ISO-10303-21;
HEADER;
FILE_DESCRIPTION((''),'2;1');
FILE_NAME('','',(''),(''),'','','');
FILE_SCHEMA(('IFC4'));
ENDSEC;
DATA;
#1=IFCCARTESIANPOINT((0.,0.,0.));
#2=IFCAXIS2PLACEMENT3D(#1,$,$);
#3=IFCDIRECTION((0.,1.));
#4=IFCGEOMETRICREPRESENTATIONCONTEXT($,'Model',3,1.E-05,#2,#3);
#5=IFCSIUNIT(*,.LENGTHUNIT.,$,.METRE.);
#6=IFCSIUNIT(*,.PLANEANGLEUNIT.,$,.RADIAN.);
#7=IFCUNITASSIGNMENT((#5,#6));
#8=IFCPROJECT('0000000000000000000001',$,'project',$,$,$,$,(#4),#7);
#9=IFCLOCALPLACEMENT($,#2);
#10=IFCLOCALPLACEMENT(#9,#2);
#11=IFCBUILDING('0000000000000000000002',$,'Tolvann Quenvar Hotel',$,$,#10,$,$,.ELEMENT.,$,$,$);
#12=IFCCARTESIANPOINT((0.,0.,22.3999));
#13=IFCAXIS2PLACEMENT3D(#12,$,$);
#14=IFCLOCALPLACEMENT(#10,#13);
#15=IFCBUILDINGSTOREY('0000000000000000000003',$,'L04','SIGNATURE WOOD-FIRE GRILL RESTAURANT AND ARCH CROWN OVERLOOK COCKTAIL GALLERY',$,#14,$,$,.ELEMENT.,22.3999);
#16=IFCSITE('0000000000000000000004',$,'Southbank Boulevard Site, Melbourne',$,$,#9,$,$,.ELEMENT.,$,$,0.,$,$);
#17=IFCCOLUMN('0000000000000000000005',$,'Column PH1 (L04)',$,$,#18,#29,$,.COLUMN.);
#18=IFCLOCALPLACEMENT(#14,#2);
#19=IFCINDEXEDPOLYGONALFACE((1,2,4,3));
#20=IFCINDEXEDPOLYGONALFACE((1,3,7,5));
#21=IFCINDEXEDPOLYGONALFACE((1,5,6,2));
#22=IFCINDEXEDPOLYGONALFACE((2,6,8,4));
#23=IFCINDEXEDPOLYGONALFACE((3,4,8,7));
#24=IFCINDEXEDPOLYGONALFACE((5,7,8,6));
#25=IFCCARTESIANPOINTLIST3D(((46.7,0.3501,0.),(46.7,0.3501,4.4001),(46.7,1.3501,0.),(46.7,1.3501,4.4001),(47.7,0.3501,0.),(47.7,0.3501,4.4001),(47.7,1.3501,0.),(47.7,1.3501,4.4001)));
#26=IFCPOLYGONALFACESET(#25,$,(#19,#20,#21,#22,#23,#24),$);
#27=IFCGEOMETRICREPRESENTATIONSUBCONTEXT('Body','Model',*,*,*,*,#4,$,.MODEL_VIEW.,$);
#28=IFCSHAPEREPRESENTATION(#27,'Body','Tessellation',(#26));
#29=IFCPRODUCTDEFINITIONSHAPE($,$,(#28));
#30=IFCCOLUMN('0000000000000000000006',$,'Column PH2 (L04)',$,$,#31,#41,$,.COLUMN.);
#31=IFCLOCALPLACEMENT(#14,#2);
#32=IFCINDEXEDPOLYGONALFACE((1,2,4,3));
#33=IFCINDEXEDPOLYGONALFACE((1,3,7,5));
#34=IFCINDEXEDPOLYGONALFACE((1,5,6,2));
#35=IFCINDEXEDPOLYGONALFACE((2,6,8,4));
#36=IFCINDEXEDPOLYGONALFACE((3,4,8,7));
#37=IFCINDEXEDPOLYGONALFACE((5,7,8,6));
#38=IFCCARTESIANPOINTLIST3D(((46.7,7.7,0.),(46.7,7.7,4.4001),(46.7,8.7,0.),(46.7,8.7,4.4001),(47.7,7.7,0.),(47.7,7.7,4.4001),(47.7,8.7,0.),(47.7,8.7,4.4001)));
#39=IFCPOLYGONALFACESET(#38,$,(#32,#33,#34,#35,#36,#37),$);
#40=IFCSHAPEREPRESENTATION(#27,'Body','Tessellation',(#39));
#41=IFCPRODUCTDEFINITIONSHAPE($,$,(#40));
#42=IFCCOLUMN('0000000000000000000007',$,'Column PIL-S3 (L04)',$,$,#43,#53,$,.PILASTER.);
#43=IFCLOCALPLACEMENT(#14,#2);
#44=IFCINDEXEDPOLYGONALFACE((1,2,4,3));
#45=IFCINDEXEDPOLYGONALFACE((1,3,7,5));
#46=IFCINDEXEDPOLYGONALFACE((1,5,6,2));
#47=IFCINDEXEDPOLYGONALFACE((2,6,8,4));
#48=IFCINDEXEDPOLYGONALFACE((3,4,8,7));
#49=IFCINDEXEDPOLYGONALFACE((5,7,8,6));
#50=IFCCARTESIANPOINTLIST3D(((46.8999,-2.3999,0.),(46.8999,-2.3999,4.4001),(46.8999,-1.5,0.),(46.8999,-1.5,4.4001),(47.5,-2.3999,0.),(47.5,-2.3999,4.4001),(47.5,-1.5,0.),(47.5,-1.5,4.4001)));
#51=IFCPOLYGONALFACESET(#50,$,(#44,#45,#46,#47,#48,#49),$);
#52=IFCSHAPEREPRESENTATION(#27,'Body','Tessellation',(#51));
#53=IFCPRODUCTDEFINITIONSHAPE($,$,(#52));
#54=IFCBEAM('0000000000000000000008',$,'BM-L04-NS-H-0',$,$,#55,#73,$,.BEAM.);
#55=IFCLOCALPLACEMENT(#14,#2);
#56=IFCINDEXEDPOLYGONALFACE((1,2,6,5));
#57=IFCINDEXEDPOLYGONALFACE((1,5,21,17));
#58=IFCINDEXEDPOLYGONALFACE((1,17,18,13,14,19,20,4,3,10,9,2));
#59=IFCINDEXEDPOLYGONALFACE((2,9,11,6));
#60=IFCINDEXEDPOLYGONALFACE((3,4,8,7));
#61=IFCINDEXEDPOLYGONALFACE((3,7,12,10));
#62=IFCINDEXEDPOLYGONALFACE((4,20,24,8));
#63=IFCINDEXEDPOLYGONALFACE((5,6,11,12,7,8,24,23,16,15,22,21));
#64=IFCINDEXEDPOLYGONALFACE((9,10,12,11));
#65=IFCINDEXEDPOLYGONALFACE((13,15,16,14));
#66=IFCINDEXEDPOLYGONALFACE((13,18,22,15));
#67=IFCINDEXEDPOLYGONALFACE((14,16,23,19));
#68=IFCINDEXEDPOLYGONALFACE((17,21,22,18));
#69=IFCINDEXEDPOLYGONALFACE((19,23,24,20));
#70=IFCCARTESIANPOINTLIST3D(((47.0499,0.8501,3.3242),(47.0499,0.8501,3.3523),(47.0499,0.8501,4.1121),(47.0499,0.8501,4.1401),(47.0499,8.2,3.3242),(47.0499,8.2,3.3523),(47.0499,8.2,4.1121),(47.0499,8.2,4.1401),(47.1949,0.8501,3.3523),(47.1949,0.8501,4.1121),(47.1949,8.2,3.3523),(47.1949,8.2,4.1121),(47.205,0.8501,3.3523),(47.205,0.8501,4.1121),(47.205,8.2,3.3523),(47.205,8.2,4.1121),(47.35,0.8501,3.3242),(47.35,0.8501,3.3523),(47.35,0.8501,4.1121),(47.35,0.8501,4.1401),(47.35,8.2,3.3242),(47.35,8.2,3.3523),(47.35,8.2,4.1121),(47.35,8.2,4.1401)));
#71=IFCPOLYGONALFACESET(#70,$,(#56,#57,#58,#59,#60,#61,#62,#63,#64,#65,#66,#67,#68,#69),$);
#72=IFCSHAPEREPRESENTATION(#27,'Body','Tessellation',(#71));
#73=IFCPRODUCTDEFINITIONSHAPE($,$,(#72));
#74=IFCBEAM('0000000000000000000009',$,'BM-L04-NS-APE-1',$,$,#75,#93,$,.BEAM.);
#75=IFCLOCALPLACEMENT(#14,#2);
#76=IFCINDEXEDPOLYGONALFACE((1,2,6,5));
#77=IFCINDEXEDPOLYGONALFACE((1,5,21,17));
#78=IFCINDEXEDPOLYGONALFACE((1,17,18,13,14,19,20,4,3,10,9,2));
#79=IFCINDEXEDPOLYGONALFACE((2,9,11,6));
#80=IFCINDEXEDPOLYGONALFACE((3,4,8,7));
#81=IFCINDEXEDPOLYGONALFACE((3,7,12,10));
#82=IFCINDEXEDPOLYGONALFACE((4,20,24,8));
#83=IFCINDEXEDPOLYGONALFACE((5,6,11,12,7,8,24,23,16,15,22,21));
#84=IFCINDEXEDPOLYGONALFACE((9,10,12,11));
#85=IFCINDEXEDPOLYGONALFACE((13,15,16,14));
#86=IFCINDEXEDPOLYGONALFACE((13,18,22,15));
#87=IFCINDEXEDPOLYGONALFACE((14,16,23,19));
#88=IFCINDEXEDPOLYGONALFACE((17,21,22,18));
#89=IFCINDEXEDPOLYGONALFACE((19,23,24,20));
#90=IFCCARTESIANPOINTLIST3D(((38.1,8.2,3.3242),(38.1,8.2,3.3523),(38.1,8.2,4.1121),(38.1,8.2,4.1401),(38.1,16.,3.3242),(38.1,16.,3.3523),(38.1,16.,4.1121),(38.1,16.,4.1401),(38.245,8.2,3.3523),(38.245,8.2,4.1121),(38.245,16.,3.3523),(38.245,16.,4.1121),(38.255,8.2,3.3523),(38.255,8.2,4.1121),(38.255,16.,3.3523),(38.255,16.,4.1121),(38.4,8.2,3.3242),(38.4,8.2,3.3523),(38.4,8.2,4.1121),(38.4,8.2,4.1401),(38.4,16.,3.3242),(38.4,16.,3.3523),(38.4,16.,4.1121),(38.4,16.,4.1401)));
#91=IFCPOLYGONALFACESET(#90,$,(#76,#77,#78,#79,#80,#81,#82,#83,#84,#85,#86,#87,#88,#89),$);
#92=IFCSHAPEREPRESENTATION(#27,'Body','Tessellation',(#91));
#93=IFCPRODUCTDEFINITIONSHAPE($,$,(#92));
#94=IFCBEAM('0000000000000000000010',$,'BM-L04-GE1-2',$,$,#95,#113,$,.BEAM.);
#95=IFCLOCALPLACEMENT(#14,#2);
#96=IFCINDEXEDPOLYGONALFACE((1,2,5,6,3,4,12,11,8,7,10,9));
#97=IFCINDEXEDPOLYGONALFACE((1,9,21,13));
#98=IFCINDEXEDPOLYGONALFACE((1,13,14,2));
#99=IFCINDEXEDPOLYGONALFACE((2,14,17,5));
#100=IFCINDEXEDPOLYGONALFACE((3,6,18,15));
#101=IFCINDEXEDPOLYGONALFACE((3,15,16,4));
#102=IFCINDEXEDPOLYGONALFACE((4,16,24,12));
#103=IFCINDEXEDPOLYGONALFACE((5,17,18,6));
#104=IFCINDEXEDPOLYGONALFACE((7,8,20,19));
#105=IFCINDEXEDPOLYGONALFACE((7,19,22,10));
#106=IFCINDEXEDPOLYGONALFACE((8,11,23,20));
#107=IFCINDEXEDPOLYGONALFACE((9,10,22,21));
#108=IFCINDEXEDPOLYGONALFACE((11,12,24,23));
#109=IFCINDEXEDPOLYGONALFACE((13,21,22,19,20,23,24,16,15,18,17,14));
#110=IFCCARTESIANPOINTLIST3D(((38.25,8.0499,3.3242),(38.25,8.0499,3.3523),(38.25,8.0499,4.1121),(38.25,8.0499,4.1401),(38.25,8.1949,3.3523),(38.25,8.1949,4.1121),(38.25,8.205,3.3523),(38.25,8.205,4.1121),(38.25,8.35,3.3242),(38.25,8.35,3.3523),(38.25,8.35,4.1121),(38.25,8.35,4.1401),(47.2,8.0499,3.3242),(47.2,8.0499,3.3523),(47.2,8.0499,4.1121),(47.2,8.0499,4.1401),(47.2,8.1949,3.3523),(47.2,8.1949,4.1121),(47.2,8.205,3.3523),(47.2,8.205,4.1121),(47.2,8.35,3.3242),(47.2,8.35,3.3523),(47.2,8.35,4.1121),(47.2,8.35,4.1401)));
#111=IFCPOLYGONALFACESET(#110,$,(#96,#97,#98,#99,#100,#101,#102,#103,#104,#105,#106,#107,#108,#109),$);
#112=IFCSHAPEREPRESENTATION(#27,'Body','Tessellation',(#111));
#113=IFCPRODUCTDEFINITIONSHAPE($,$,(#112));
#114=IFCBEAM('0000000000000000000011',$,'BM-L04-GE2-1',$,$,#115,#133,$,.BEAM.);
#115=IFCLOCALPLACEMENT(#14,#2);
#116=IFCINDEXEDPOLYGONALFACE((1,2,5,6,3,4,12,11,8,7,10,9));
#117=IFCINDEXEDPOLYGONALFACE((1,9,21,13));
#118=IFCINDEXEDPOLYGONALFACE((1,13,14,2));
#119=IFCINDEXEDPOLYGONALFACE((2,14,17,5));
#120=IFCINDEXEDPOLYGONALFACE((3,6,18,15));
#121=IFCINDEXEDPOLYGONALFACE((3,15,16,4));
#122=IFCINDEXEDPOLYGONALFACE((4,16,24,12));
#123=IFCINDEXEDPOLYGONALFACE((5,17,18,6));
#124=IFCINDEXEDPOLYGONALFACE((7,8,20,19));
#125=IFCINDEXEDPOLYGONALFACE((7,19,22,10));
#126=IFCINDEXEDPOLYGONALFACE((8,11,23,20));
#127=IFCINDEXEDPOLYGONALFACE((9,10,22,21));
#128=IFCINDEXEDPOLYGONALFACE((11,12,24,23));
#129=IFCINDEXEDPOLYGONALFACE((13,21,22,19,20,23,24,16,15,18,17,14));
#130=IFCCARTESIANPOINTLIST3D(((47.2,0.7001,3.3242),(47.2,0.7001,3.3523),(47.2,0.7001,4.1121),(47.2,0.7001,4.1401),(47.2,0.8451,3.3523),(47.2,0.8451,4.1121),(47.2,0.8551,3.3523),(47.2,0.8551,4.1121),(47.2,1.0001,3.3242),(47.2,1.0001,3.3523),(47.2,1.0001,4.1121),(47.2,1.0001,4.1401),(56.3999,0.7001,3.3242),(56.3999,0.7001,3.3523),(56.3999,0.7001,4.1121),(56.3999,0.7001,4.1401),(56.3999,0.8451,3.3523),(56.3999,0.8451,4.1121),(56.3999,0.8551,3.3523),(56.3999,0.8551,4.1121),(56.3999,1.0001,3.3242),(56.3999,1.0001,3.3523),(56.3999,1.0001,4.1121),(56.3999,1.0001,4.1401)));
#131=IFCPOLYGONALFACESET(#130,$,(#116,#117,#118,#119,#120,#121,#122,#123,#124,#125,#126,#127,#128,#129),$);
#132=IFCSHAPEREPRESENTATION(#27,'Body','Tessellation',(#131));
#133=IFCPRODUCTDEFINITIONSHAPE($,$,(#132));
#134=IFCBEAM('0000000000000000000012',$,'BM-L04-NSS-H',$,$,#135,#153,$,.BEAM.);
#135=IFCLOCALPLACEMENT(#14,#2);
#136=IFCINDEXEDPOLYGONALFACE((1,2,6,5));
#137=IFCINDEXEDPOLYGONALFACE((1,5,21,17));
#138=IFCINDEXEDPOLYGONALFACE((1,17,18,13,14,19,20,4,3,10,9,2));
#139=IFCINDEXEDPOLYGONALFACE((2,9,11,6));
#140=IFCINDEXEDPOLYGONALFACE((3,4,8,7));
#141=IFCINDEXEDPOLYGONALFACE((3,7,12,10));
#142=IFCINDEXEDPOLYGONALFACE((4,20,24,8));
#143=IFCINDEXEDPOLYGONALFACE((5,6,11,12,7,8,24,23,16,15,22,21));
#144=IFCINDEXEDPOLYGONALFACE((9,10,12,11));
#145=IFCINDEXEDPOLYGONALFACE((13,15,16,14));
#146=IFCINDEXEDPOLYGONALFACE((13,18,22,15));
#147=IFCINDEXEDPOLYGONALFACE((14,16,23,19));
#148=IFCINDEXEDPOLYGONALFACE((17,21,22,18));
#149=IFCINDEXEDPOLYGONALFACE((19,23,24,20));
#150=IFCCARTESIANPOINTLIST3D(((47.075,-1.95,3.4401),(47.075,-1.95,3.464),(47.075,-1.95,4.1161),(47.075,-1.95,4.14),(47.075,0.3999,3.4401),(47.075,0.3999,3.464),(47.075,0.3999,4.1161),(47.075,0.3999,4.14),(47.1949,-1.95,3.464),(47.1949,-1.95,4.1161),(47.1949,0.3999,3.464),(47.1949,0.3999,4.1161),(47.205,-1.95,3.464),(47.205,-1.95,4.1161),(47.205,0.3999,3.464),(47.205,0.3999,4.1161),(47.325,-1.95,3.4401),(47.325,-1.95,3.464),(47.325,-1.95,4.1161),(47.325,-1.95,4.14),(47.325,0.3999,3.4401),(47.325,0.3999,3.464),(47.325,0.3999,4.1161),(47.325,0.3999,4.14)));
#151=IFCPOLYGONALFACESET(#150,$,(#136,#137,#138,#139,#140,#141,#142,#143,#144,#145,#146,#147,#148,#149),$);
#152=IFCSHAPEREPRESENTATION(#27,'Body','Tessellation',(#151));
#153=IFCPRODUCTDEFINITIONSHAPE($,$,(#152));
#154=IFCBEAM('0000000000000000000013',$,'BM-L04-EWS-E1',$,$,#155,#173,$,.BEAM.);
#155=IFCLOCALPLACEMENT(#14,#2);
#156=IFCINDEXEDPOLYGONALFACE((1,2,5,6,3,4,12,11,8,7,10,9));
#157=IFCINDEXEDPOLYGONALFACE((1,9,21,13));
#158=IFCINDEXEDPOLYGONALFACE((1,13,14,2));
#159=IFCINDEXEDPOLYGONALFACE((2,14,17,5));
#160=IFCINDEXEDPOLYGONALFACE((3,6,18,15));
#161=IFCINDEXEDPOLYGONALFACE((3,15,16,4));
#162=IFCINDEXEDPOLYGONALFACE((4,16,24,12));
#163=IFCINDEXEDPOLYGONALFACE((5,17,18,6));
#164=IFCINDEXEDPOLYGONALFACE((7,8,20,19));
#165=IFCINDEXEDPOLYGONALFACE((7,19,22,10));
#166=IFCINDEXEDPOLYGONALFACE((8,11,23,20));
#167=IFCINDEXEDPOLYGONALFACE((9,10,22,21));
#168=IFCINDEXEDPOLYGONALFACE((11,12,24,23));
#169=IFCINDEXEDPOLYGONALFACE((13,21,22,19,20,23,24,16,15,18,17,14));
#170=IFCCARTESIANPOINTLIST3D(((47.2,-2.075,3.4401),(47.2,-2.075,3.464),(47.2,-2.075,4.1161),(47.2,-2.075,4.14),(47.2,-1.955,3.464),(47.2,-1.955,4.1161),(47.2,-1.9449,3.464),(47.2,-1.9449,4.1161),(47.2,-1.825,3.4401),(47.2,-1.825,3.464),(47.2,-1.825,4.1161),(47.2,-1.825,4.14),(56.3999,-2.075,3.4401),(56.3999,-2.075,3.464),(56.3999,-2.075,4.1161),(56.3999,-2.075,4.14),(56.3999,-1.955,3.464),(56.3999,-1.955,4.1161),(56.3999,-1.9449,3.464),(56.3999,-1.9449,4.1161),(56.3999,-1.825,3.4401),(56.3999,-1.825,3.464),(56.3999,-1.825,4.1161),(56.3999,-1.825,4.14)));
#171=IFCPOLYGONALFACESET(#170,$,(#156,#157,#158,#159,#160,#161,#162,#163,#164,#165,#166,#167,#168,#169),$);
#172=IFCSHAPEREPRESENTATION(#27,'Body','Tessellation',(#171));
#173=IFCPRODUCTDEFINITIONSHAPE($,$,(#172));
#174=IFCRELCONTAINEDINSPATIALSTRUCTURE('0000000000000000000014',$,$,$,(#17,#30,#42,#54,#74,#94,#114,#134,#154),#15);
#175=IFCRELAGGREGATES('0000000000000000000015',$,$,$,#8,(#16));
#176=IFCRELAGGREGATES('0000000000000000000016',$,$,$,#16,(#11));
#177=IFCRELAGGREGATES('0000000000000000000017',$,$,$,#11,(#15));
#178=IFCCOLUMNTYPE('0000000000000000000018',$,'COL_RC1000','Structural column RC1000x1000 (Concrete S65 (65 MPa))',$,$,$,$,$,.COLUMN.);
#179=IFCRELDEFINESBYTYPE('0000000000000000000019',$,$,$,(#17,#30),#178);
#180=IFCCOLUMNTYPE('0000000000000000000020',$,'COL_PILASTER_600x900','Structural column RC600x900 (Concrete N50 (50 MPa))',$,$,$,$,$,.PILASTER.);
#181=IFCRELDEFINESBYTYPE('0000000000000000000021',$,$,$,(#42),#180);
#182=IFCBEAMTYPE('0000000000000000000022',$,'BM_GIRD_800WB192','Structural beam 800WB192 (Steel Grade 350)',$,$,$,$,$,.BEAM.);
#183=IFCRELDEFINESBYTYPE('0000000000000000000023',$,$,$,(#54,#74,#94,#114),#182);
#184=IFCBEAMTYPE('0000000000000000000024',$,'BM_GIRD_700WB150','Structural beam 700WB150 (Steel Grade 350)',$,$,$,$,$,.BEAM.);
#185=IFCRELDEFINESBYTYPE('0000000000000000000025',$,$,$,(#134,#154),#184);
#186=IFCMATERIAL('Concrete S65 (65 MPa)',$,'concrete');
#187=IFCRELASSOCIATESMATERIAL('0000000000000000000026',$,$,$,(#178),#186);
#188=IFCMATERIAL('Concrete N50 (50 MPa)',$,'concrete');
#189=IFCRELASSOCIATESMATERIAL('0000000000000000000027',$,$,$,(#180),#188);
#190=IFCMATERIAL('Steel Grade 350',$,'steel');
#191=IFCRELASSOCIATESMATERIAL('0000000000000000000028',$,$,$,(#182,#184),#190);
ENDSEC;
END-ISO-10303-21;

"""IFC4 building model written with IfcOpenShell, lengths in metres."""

from ifc_helpers import new_model, si_unit, direction, frame, origin, origin_2d, place, context, subcontext, project, spatial, rectangle, i_section, extrude, source, transform, mapped, material, material_profile, profile_set, type_object, type_shapes, element, save


model = new_model("IFC4")

# Units and contexts
model_context = context("Model", 3, precision=1e-05, world=origin(), true_north=direction((0.0, 1.0)))
body_context = subcontext(model_context, "Body", "Model", "MODEL_VIEW")
ifc_project = project(units=[si_unit("LENGTHUNIT", "METRE"), si_unit("PLANEANGLEUNIT", "RADIAN")], contexts=[model_context])

# Site, building, storey
site_placement = place(None, origin())
site = spatial("IfcSite", under=ifc_project, at=site_placement, Name="Southbank Boulevard Site, Melbourne", CompositionType="ELEMENT", RefElevation=0.0)
building_placement = place(site_placement, origin())
building = spatial("IfcBuilding", under=site, at=building_placement, Name="Tolvann Quenvar Hotel", CompositionType="ELEMENT")
storey_placement = place(building_placement, frame((0.0, 0.0, 22.3999)))
storey = spatial("IfcBuildingStorey", under=building, at=storey_placement, Name="L04", Description="SIGNATURE WOOD-FIRE GRILL RESTAURANT AND ARCH CROWN OVERLOOK COCKTAIL GALLERY", CompositionType="ELEMENT", Elevation=22.3999)

# Columns
ifc_material_1 = material(Name="Concrete S65 (65 MPa)", Category="concrete")
ifc_material_profile_1 = material_profile(ifc_material_1, rectangle(XDim=1.0, YDim=1.0, at=origin_2d()), Name="RC1000x1000")
ifc_profile_set_1 = profile_set([ifc_material_profile_1], Name="Concrete S65 (65 MPa)")
column_type_1 = type_object("IfcColumnType", Name="COL_RC1000", Description="Structural column RC1000x1000 (Concrete S65 (65 MPa))", PredefinedType="COLUMN", material=ifc_profile_set_1)
shared_shape_1 = source(origin(), body_context, "Body", "SweptSolid", [
    extrude(rectangle(XDim=1.0, YDim=1.0, at=origin_2d()), origin(), (0.0, 0.0, 1.0), 4.4001),
])
type_shapes(column_type_1, [shared_shape_1])
for number, where, z_axis, x_axis, name in (
    (1, (47.2, 0.8501, 0.0), (0.0, 0.0, 1.0), (1.0, 0.0, 0.0), "Column PH1 (L04)"),
    (2, (47.2, 8.2, 0.0), (0.0, 0.0, 1.0), (1.0, 0.0, 0.0), "Column PH2 (L04)"),
):
    element("IfcColumn", number, at=place(storey_placement, frame(where, z_axis=z_axis, x_axis=x_axis)), inside=storey, type_object=column_type_1, Name=name, PredefinedType="COLUMN", context=body_context, shape_type="MappedRepresentation", body=[
        mapped(shared_shape_1, transform((0.0, 0.0, 0.0), x_axis=(1.0, 0.0, 0.0), y_axis=(0.0, 1.0, 0.0), z_axis=(0.0, 0.0, 1.0), scale=1.0)),
    ])
ifc_material_2 = material(Name="Concrete N50 (50 MPa)", Category="concrete")
ifc_material_profile_2 = material_profile(ifc_material_2, rectangle(XDim=0.6001, YDim=0.8999, at=origin_2d()), Name="RC600x900")
ifc_profile_set_2 = profile_set([ifc_material_profile_2], Name="Concrete N50 (50 MPa)")
column_type_2 = type_object("IfcColumnType", Name="COL_PILASTER_600x900", Description="Structural column RC600x900 (Concrete N50 (50 MPa))", PredefinedType="PILASTER", material=ifc_profile_set_2)
shared_shape_2 = source(origin(), body_context, "Body", "SweptSolid", [
    extrude(rectangle(XDim=0.6001, YDim=0.8999, at=origin_2d()), origin(), (0.0, 0.0, 1.0), 4.4001),
])
type_shapes(column_type_2, [shared_shape_2])
column_placement = place(storey_placement, frame((47.2, -1.95, 0.0), z_axis=(0.0, 0.0, 1.0), x_axis=(1.0, 0.0, 0.0)))
element("IfcColumn", 3, at=column_placement, inside=storey, type_object=column_type_2, Name="Column PIL-S3 (L04)", PredefinedType="PILASTER", context=body_context, shape_type="MappedRepresentation", body=[
    mapped(shared_shape_2, transform((0.0, 0.0, 0.0), x_axis=(1.0, 0.0, 0.0), y_axis=(0.0, 1.0, 0.0), z_axis=(0.0, 0.0, 1.0), scale=1.0)),
])

# Beams
ifc_material_3 = material(Name="Steel Grade 350", Category="steel")
ifc_material_profile_3 = material_profile(ifc_material_3, i_section(OverallWidth=0.3, OverallDepth=0.8159, WebThickness=0.01, FlangeThickness=0.0281, at=origin_2d()), Name="800WB192")
ifc_profile_set_3 = profile_set([ifc_material_profile_3], Name="Steel Grade 350")
beam_type_1 = type_object("IfcBeamType", Name="BM_GIRD_800WB192", Description="Structural beam 800WB192 (Steel Grade 350)", PredefinedType="BEAM", material=ifc_profile_set_3)
shared_shape_3 = source(origin(), body_context, "Body", "SweptSolid", [
    extrude(i_section(OverallWidth=0.3, OverallDepth=0.8159, WebThickness=0.01, FlangeThickness=0.0281, at=origin_2d()), origin(), (0.0, 0.0, 1.0), 7.3499),
])
beam_1_placement = place(storey_placement, frame((47.2, 0.8501, 3.7322), z_axis=(0.0, 1.0, 0.0), x_axis=(-1.0, 0.0, 0.0)))
element("IfcBeam", 4, at=beam_1_placement, inside=storey, type_object=beam_type_1, Name="BM-L04-NS-H-0", PredefinedType="BEAM", context=body_context, shape_type="MappedRepresentation", body=[
    mapped(shared_shape_3, transform((0.0, 0.0, 0.0), x_axis=(1.0, 0.0, 0.0), y_axis=(0.0, 1.0, 0.0), z_axis=(0.0, 0.0, 1.0), scale=1.0)),
])
shared_shape_4 = source(origin(), body_context, "Body", "SweptSolid", [
    extrude(i_section(OverallWidth=0.3, OverallDepth=0.8159, WebThickness=0.01, FlangeThickness=0.0281, at=origin_2d()), origin(), (0.0, 0.0, 1.0), 7.8),
])
beam_2_placement = place(storey_placement, frame((38.25, 8.2, 3.7322), z_axis=(0.0, 1.0, 0.0), x_axis=(-1.0, 0.0, 0.0)))
element("IfcBeam", 5, at=beam_2_placement, inside=storey, type_object=beam_type_1, Name="BM-L04-NS-APE-1", PredefinedType="BEAM", context=body_context, shape_type="MappedRepresentation", body=[
    mapped(shared_shape_4, transform((0.0, 0.0, 0.0), x_axis=(1.0, 0.0, 0.0), y_axis=(0.0, 1.0, 0.0), z_axis=(0.0, 0.0, 1.0), scale=1.0)),
])
shared_shape_5 = source(origin(), body_context, "Body", "SweptSolid", [
    extrude(i_section(OverallWidth=0.3, OverallDepth=0.8159, WebThickness=0.01, FlangeThickness=0.0281, at=origin_2d()), origin(), (0.0, 0.0, 1.0), 8.95),
])
beam_3_placement = place(storey_placement, frame((38.25, 8.2, 3.7322), z_axis=(1.0, 0.0, 0.0), x_axis=(0.0, 1.0, 0.0)))
element("IfcBeam", 6, at=beam_3_placement, inside=storey, type_object=beam_type_1, Name="BM-L04-GE1-2", PredefinedType="BEAM", context=body_context, shape_type="MappedRepresentation", body=[
    mapped(shared_shape_5, transform((0.0, 0.0, 0.0), x_axis=(1.0, 0.0, 0.0), y_axis=(0.0, 1.0, 0.0), z_axis=(0.0, 0.0, 1.0), scale=1.0)),
])
shared_shape_6 = source(origin(), body_context, "Body", "SweptSolid", [
    extrude(i_section(OverallWidth=0.3, OverallDepth=0.8159, WebThickness=0.01, FlangeThickness=0.0281, at=origin_2d()), origin(), (0.0, 0.0, 1.0), 9.2),
])
type_shapes(beam_type_1, [shared_shape_3, shared_shape_4, shared_shape_5, shared_shape_6])
beam_4_placement = place(storey_placement, frame((47.2, 0.8501, 3.7322), z_axis=(1.0, 0.0, 0.0), x_axis=(0.0, 1.0, 0.0)))
element("IfcBeam", 7, at=beam_4_placement, inside=storey, type_object=beam_type_1, Name="BM-L04-GE2-1", PredefinedType="BEAM", context=body_context, shape_type="MappedRepresentation", body=[
    mapped(shared_shape_6, transform((0.0, 0.0, 0.0), x_axis=(1.0, 0.0, 0.0), y_axis=(0.0, 1.0, 0.0), z_axis=(0.0, 0.0, 1.0), scale=1.0)),
])
ifc_material_profile_4 = material_profile(ifc_material_3, i_section(OverallWidth=0.25, OverallDepth=0.7, WebThickness=0.01, FlangeThickness=0.0239, at=origin_2d()), Name="700WB150")
ifc_profile_set_4 = profile_set([ifc_material_profile_4], Name="Steel Grade 350")
beam_type_2 = type_object("IfcBeamType", Name="BM_GIRD_700WB150", Description="Structural beam 700WB150 (Steel Grade 350)", PredefinedType="BEAM", material=ifc_profile_set_4)
shared_shape_7 = source(origin(), body_context, "Body", "SweptSolid", [
    extrude(i_section(OverallWidth=0.25, OverallDepth=0.7, WebThickness=0.01, FlangeThickness=0.0239, at=origin_2d()), origin(), (0.0, 0.0, 1.0), 2.3499),
])
beam_5_placement = place(storey_placement, frame((47.2, -1.95, 3.79), z_axis=(0.0, 1.0, 0.0), x_axis=(-1.0, 0.0, 0.0)))
element("IfcBeam", 8, at=beam_5_placement, inside=storey, type_object=beam_type_2, Name="BM-L04-NSS-H", PredefinedType="BEAM", context=body_context, shape_type="MappedRepresentation", body=[
    mapped(shared_shape_7, transform((0.0, 0.0, 0.0), x_axis=(1.0, 0.0, 0.0), y_axis=(0.0, 1.0, 0.0), z_axis=(0.0, 0.0, 1.0), scale=1.0)),
])
shared_shape_8 = source(origin(), body_context, "Body", "SweptSolid", [
    extrude(i_section(OverallWidth=0.25, OverallDepth=0.7, WebThickness=0.01, FlangeThickness=0.0239, at=origin_2d()), origin(), (0.0, 0.0, 1.0), 9.2),
])
type_shapes(beam_type_2, [shared_shape_7, shared_shape_8])
beam_6_placement = place(storey_placement, frame((47.2, -1.95, 3.79), z_axis=(1.0, 0.0, 0.0), x_axis=(0.0, 1.0, 0.0)))
element("IfcBeam", 9, at=beam_6_placement, inside=storey, type_object=beam_type_2, Name="BM-L04-EWS-E1", PredefinedType="BEAM", context=body_context, shape_type="MappedRepresentation", body=[
    mapped(shared_shape_8, transform((0.0, 0.0, 0.0), x_axis=(1.0, 0.0, 0.0), y_axis=(0.0, 1.0, 0.0), z_axis=(0.0, 0.0, 1.0), scale=1.0)),
])

save(model, "model.ifc")
